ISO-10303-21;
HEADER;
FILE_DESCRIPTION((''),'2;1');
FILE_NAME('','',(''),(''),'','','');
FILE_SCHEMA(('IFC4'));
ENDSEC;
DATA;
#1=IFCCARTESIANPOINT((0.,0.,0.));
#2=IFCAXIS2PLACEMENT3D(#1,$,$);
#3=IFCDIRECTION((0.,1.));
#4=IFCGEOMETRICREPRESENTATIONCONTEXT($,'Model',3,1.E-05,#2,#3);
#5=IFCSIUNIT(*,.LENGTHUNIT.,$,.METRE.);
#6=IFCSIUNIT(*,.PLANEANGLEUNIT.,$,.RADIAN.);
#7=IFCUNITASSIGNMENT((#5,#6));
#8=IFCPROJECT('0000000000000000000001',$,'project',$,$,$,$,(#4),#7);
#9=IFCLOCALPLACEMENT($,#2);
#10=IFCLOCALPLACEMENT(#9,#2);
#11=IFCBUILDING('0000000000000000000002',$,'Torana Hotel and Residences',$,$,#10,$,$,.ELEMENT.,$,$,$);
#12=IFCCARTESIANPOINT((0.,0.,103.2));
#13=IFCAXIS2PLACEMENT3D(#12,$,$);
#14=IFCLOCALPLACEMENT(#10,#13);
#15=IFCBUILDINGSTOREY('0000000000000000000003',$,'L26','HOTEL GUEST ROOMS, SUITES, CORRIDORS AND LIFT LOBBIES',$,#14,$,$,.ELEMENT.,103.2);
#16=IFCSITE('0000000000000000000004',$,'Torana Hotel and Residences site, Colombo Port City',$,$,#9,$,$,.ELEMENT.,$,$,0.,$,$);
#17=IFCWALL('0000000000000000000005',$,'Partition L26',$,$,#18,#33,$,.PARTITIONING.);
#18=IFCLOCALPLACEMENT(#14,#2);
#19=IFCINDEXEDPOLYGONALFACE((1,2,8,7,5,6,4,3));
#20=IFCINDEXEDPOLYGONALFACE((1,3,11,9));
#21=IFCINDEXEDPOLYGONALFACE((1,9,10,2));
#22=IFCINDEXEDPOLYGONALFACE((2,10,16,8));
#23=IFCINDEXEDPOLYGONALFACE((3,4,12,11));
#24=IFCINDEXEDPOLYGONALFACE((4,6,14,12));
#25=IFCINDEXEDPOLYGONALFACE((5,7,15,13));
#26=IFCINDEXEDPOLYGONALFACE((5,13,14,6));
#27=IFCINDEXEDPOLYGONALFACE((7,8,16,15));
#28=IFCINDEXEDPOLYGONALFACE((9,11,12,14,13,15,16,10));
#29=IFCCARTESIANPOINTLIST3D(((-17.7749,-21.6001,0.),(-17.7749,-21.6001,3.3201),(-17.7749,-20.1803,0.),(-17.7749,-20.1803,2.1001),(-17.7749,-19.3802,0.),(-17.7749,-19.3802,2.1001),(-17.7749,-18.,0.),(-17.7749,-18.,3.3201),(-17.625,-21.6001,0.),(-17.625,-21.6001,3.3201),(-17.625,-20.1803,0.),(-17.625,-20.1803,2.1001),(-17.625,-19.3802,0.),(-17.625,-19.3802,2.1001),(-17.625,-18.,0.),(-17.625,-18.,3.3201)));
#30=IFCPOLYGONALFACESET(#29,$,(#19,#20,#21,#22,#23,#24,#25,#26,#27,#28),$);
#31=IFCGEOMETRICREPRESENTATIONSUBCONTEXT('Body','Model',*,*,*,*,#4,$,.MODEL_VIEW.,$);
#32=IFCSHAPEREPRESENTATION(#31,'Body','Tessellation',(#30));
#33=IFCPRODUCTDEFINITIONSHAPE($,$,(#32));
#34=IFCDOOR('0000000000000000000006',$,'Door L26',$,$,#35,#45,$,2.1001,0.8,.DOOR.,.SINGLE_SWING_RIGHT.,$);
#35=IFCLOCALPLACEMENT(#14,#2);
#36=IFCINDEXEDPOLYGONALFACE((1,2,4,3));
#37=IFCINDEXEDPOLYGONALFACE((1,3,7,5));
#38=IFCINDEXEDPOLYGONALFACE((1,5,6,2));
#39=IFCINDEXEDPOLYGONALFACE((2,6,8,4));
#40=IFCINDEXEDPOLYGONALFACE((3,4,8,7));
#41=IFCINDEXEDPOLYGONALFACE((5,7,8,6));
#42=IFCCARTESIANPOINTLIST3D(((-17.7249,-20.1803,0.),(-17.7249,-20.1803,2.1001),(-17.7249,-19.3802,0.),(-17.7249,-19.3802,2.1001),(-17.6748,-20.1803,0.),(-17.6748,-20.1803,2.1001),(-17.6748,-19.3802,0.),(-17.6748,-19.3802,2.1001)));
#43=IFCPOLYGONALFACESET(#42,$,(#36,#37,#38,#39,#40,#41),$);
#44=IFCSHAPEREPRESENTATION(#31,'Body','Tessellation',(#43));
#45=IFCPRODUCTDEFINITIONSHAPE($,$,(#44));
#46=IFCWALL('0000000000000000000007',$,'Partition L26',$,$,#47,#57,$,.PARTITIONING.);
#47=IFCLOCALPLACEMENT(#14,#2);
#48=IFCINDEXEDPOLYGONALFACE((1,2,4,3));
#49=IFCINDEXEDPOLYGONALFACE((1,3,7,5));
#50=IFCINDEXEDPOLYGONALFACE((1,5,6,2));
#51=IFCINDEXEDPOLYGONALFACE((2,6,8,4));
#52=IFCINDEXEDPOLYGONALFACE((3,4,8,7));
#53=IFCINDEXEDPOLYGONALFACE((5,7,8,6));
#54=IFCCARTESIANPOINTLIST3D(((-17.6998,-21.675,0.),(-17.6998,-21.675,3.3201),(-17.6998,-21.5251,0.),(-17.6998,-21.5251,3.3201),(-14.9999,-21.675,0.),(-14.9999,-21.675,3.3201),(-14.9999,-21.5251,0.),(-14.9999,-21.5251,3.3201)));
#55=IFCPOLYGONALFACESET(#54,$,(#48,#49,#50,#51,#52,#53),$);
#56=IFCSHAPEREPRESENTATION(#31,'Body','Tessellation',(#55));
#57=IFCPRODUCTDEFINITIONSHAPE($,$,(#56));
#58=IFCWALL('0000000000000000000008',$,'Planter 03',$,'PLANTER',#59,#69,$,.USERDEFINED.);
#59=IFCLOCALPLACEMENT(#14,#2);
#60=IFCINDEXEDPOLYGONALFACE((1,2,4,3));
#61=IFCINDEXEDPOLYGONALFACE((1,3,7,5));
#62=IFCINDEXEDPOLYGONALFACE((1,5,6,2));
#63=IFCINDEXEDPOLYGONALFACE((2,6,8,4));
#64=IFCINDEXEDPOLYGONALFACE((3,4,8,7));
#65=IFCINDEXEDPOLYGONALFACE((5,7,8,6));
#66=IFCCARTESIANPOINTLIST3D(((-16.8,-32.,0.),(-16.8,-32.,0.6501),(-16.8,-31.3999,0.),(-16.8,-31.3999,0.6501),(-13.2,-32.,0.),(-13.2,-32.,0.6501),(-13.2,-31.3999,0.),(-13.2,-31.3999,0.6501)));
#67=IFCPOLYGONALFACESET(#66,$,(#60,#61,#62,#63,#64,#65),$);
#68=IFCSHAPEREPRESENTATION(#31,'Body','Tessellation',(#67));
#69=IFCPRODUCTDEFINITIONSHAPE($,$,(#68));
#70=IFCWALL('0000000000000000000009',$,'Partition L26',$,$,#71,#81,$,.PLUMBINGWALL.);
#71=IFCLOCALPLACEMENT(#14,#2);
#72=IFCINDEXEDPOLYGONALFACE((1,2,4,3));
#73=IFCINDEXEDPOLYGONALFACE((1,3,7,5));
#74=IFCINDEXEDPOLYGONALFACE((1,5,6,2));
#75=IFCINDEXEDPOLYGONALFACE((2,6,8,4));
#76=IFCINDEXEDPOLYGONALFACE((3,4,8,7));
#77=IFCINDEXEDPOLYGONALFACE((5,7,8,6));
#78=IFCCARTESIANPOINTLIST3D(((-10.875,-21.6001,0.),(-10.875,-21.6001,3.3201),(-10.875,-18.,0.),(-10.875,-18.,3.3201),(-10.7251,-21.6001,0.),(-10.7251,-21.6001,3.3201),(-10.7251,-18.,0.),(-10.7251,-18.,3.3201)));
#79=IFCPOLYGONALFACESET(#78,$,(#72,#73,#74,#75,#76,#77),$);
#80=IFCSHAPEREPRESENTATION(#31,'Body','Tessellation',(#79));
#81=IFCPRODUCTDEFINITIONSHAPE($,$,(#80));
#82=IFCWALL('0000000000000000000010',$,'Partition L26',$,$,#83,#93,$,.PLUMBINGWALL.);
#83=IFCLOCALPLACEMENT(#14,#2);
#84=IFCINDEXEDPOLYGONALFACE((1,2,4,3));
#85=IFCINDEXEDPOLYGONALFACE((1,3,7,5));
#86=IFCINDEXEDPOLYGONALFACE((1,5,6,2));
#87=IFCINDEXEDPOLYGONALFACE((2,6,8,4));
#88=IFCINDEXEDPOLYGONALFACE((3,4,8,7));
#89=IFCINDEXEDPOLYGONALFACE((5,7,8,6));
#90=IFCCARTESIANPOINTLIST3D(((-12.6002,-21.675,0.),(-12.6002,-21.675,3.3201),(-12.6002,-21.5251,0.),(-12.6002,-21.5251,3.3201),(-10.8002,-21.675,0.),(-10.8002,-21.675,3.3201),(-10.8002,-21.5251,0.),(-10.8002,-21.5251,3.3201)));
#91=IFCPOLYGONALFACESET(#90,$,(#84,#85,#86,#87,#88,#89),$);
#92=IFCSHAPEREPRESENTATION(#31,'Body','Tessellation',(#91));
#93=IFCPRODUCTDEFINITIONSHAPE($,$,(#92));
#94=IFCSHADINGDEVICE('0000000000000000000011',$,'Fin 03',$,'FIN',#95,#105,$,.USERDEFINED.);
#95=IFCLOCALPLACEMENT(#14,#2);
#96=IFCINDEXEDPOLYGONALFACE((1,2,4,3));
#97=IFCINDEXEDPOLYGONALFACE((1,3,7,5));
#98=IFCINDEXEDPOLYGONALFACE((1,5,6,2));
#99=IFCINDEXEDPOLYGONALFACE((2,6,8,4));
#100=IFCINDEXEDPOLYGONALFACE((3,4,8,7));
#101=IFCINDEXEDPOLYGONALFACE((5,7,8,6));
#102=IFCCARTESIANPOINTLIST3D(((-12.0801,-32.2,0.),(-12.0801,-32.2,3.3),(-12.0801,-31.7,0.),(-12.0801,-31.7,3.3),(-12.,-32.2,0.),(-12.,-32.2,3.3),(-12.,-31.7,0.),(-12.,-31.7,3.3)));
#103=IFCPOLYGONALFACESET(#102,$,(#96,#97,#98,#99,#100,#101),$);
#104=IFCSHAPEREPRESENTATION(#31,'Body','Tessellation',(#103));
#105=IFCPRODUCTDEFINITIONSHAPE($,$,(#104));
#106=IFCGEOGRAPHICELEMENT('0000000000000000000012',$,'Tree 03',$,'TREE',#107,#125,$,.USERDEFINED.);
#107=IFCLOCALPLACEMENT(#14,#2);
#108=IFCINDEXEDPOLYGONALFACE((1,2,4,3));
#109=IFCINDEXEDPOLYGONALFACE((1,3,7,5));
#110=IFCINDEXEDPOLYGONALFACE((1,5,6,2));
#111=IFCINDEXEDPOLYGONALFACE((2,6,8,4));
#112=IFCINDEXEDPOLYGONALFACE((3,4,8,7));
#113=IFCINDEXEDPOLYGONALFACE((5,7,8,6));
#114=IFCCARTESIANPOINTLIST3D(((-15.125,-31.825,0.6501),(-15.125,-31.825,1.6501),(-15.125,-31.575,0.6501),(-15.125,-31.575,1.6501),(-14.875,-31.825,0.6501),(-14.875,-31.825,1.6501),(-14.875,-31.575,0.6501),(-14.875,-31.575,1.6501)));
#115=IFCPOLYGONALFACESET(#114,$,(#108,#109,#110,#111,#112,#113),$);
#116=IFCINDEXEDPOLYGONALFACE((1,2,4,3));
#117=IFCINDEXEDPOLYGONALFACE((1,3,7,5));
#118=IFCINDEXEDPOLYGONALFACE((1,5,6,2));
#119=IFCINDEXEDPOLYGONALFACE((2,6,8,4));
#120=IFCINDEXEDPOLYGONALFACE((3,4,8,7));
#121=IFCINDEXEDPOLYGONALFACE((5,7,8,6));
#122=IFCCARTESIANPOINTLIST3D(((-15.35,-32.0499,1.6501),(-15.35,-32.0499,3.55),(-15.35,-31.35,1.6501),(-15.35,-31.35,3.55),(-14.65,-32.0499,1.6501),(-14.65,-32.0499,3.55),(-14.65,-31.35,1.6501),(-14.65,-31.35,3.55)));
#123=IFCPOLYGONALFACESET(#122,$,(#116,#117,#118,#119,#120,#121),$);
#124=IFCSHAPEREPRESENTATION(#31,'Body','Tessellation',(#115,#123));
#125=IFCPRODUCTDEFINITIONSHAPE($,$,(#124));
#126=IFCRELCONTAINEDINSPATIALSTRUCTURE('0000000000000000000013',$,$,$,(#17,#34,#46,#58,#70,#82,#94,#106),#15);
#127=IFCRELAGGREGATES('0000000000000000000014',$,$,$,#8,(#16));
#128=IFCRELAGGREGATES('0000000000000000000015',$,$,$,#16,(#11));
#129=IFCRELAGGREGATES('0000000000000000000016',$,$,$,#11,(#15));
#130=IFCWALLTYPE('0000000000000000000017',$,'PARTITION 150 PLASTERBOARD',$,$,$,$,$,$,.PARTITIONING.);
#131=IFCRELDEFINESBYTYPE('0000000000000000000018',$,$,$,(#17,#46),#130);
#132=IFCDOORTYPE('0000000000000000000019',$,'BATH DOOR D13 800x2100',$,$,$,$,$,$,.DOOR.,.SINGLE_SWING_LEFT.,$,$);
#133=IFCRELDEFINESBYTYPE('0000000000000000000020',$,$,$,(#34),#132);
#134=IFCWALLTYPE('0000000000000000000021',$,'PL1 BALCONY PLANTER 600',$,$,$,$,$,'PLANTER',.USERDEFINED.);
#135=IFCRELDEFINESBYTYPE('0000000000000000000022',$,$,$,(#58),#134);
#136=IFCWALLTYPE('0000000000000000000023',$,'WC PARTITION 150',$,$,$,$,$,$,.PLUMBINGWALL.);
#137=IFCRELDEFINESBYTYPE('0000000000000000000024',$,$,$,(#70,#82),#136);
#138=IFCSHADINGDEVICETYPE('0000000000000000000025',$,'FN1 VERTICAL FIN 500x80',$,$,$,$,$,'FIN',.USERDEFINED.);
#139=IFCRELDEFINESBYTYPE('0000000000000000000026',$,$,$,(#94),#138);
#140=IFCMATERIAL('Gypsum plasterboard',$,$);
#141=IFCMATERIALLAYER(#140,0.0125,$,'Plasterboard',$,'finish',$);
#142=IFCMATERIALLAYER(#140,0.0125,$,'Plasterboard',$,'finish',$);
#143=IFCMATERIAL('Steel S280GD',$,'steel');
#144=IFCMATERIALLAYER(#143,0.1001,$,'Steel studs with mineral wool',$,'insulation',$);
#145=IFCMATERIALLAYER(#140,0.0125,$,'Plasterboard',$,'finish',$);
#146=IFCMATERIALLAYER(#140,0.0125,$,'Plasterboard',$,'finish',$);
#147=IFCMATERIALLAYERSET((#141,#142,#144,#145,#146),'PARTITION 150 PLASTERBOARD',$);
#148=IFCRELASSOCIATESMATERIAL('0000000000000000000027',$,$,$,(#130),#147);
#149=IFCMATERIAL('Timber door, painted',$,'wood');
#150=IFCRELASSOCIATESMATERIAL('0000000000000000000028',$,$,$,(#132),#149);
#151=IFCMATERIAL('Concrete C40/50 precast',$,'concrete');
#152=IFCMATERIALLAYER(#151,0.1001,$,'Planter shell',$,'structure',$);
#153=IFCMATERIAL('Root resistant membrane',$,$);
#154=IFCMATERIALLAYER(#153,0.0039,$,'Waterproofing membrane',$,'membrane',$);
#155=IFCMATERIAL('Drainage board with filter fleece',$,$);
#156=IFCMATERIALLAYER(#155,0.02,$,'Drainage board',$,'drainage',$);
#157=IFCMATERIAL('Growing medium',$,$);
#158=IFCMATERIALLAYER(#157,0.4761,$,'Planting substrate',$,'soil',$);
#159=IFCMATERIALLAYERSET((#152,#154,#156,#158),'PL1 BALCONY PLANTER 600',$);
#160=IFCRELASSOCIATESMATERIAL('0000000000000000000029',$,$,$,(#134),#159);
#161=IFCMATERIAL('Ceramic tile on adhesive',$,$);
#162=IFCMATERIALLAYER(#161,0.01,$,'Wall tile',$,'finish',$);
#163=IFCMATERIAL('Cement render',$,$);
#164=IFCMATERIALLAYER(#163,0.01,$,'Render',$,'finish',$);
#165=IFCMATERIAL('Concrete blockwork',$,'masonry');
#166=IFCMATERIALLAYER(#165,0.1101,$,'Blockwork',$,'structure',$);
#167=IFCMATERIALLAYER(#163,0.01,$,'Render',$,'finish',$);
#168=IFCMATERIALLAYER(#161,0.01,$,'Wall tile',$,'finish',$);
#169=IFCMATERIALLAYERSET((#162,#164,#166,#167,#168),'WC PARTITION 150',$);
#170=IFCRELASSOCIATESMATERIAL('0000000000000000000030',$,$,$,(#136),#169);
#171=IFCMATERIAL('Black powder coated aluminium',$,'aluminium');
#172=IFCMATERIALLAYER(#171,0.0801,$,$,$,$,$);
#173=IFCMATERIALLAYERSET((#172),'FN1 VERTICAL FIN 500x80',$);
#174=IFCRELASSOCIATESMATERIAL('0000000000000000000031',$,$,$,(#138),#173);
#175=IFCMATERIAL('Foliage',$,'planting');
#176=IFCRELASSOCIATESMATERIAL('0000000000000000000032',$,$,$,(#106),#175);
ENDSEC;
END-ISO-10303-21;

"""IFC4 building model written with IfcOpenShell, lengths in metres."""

from ifc_helpers import new_model, si_unit, direction, frame, frame_2d, origin, origin_2d, place, context, subcontext, project, spatial, rectangle, extrude, material, layer, layer_set, type_object, element, fill, save


model = new_model("IFC4")

# Units and contexts
model_context = context("Model", 3, precision=1e-05, world=origin(), true_north=direction((0.0, 1.0)))
body_context = subcontext(model_context, "Body", "Model", "MODEL_VIEW")
ifc_project = project(units=[si_unit("LENGTHUNIT", "METRE"), si_unit("PLANEANGLEUNIT", "RADIAN")], contexts=[model_context])

# Site, building, storey
site_placement = place(None, origin())
site = spatial("IfcSite", under=ifc_project, at=site_placement, Name="Torana Hotel and Residences site, Colombo Port City", CompositionType="ELEMENT", RefElevation=0.0)
building_placement = place(site_placement, origin())
building = spatial("IfcBuilding", under=site, at=building_placement, Name="Torana Hotel and Residences", CompositionType="ELEMENT")
storey_placement = place(building_placement, frame((0.0, 0.0, 103.2)))
storey = spatial("IfcBuildingStorey", under=building, at=storey_placement, Name="L26", Description="HOTEL GUEST ROOMS, SUITES, CORRIDORS AND LIFT LOBBIES", CompositionType="ELEMENT", Elevation=103.2)

# Shared definitions
ifc_material_1 = material(Name="Concrete blockwork", Category="masonry")

# Shared definitions
ifc_material_2 = material(Name="Gypsum plasterboard")
ifc_layer_1 = layer(ifc_material_2, 0.0125, Name="Plasterboard", Category="finish")
ifc_layer_2 = layer(ifc_material_2, 0.0125, Name="Plasterboard", Category="finish")
ifc_material_3 = material(Name="Steel S280GD", Category="steel")
ifc_layer_3 = layer(ifc_material_3, 0.1001, Name="Steel studs with mineral wool", Category="insulation")
ifc_layer_4 = layer(ifc_material_2, 0.0125, Name="Plasterboard", Category="finish")
ifc_layer_5 = layer(ifc_material_2, 0.0125, Name="Plasterboard", Category="finish")
ifc_layer_set_1 = layer_set([ifc_layer_1, ifc_layer_2, ifc_layer_3, ifc_layer_4, ifc_layer_5], Name="PARTITION 150 PLASTERBOARD")
wall_type_1 = type_object("IfcWallType", Name="PARTITION 150 PLASTERBOARD", PredefinedType="PARTITIONING", material=ifc_layer_set_1)

# Wall, opening, door
wall_1_placement = place(storey_placement, frame((-17.7, -21.6001, 0.0), z_axis=(0.0, 0.0, 1.0), x_axis=(0.0, 1.0, 0.0)))
wall_1 = element("IfcWall", 1, at=wall_1_placement, inside=storey, type_object=wall_type_1, Name="Partition L26", PredefinedType="PARTITIONING", context=body_context, shape_type="SweptSolid", body=[
    extrude(rectangle(XDim=3.6001, YDim=0.1499, at=frame_2d((1.8, 0.0))), origin(), (0.0, 0.0, 1.0), 3.3201),
])
opening_1_placement = place(wall_1_placement, frame((1.4199, 0.0, 0.0)))
opening_1 = element("IfcOpeningElement", 2, at=opening_1_placement, cuts=wall_1, PredefinedType="OPENING", context=body_context, shape_type="SweptSolid", body=[
    extrude(rectangle(XDim=0.8, YDim=2.1001, at=frame_2d((0.3999, 1.05))), frame((0.0, 0.085, 0.0), z_axis=(0.0, -1.0, 0.0), x_axis=(1.0, 0.0, 0.0)), (0.0, 0.0, 1.0), 0.1699),
])
ifc_material_4 = material(Name="Timber door, painted", Category="wood")
door_type_1 = type_object("IfcDoorType", Name="BATH DOOR D13 800x2100", OperationType="SINGLE_SWING_LEFT", PredefinedType="DOOR", material=ifc_material_4)
door_1_placement = place(opening_1_placement, origin())
door_1 = element("IfcDoor", 3, at=door_1_placement, inside=storey, type_object=door_type_1, Name="Door L26", OperationType="SINGLE_SWING_RIGHT", OverallHeight=2.1001, OverallWidth=0.8, PredefinedType="DOOR", context=body_context, shape_type="SweptSolid", body=[
    extrude(rectangle(XDim=0.8, YDim=2.1001, at=frame_2d((0.3999, 1.05))), frame((0.0, 0.0249, 0.0), z_axis=(0.0, -1.0, 0.0), x_axis=(1.0, 0.0, 0.0)), (0.0, 0.0, 1.0), 0.05),
])
fill(opening_1, door_1)

# Walls
wall_2_placement = place(storey_placement, frame((-17.7, -21.6001, 0.0), z_axis=(0.0, 0.0, 1.0), x_axis=(1.0, 0.0, 0.0)))
element("IfcWall", 4, at=wall_2_placement, inside=storey, type_object=wall_type_1, Name="Partition L26", PredefinedType="PARTITIONING", context=body_context, shape_type="SweptSolid", body=[
    extrude(rectangle(XDim=2.7, YDim=0.1499, at=frame_2d((1.3501, 0.0))), origin(), (0.0, 0.0, 1.0), 3.3201),
])
ifc_material_5 = material(Name="Concrete C40/50 precast", Category="concrete")
ifc_layer_6 = layer(ifc_material_5, 0.1001, Name="Planter shell", Category="structure")
ifc_material_6 = material(Name="Root resistant membrane")
ifc_layer_7 = layer(ifc_material_6, 0.0039, Name="Waterproofing membrane", Category="membrane")
ifc_material_7 = material(Name="Drainage board with filter fleece")
ifc_layer_8 = layer(ifc_material_7, 0.02, Name="Drainage board", Category="drainage")
ifc_material_8 = material(Name="Growing medium")
ifc_layer_9 = layer(ifc_material_8, 0.4761, Name="Planting substrate", Category="soil")
ifc_layer_set_2 = layer_set([ifc_layer_6, ifc_layer_7, ifc_layer_8, ifc_layer_9], Name="PL1 BALCONY PLANTER 600")
wall_type_2 = type_object("IfcWallType", Name="PL1 BALCONY PLANTER 600", ElementType="PLANTER", PredefinedType="USERDEFINED", material=ifc_layer_set_2)
wall_3_placement = place(storey_placement, frame((-13.2, -31.7, 0.0), z_axis=(0.0, 0.0, 1.0), x_axis=(-1.0, 0.0, 0.0)))
element("IfcWall", 5, at=wall_3_placement, inside=storey, type_object=wall_type_2, Name="Planter 03", ObjectType="PLANTER", PredefinedType="USERDEFINED", context=body_context, shape_type="SweptSolid", body=[
    extrude(rectangle(XDim=3.6001, YDim=0.6001, at=frame_2d((1.8, 0.0))), origin(), (0.0, 0.0, 1.0), 0.6501),
])
ifc_material_9 = material(Name="Ceramic tile on adhesive")
ifc_layer_10 = layer(ifc_material_9, 0.01, Name="Wall tile", Category="finish")
ifc_material_10 = material(Name="Cement render")
ifc_layer_11 = layer(ifc_material_10, 0.01, Name="Render", Category="finish")
ifc_layer_12 = layer(ifc_material_1, 0.1101, Name="Blockwork", Category="structure")
ifc_layer_13 = layer(ifc_material_10, 0.01, Name="Render", Category="finish")
ifc_layer_14 = layer(ifc_material_9, 0.01, Name="Wall tile", Category="finish")
ifc_layer_set_3 = layer_set([ifc_layer_10, ifc_layer_11, ifc_layer_12, ifc_layer_13, ifc_layer_14], Name="WC PARTITION 150")
wall_type_3 = type_object("IfcWallType", Name="WC PARTITION 150", PredefinedType="PLUMBINGWALL", material=ifc_layer_set_3)
wall_4_placement = place(storey_placement, frame((-10.8, -21.6001, 0.0), z_axis=(0.0, 0.0, 1.0), x_axis=(0.0, 1.0, 0.0)))
element("IfcWall", 6, at=wall_4_placement, inside=storey, type_object=wall_type_3, Name="Partition L26", PredefinedType="PLUMBINGWALL", context=body_context, shape_type="SweptSolid", body=[
    extrude(rectangle(XDim=3.6001, YDim=0.1499, at=frame_2d((1.8, 0.0))), origin(), (0.0, 0.0, 1.0), 3.3201),
])
wall_5_placement = place(storey_placement, frame((-12.6001, -21.6001, 0.0), z_axis=(0.0, 0.0, 1.0), x_axis=(1.0, 0.0, 0.0)))
element("IfcWall", 7, at=wall_5_placement, inside=storey, type_object=wall_type_3, Name="Partition L26", PredefinedType="PLUMBINGWALL", context=body_context, shape_type="SweptSolid", body=[
    extrude(rectangle(XDim=1.8, YDim=0.1499, at=frame_2d((0.8999, 0.0))), origin(), (0.0, 0.0, 1.0), 3.3201),
])

# Shading device
ifc_material_11 = material(Name="Black powder coated aluminium", Category="aluminium")
ifc_layer_15 = layer(ifc_material_11, 0.0801)
ifc_layer_set_4 = layer_set([ifc_layer_15], Name="FN1 VERTICAL FIN 500x80")
shading_device_type = type_object("IfcShadingDeviceType", Name="FN1 VERTICAL FIN 500x80", ElementType="FIN", PredefinedType="USERDEFINED", material=ifc_layer_set_4)
shading_device_placement = place(storey_placement, frame((-12.04, -31.95, 0.0), z_axis=(0.0, 0.0, 1.0), x_axis=(-1.0, 0.0, 0.0)))
element("IfcShadingDevice", 8, at=shading_device_placement, inside=storey, type_object=shading_device_type, Name="Fin 03", ObjectType="FIN", PredefinedType="USERDEFINED", context=body_context, shape_type="SweptSolid", body=[
    extrude(rectangle(XDim=0.0801, YDim=0.5, at=origin_2d()), origin(), (0.0, 0.0, 1.0), 3.3),
])

# Geographic element
ifc_material_12 = material(Name="Foliage", Category="planting")
geographic_element_placement = place(storey_placement, frame((-15.0, -31.7, 0.6501), z_axis=(0.0, 0.0, 1.0), x_axis=(1.0, 0.0, 0.0)))
element("IfcGeographicElement", 9, at=geographic_element_placement, inside=storey, material=ifc_material_12, Name="Tree 03", ObjectType="TREE", PredefinedType="USERDEFINED", context=body_context, shape_type="SweptSolid", body=[
    extrude(rectangle(XDim=0.25, YDim=0.25, at=origin_2d()), origin(), (0.0, 0.0, 1.0), 1.0),
    extrude(rectangle(XDim=0.7, YDim=0.7, at=origin_2d()), frame((0.0, 0.0, 1.0)), (0.0, 0.0, 1.0), 1.8999),
])

save(model, "model.ifc")
